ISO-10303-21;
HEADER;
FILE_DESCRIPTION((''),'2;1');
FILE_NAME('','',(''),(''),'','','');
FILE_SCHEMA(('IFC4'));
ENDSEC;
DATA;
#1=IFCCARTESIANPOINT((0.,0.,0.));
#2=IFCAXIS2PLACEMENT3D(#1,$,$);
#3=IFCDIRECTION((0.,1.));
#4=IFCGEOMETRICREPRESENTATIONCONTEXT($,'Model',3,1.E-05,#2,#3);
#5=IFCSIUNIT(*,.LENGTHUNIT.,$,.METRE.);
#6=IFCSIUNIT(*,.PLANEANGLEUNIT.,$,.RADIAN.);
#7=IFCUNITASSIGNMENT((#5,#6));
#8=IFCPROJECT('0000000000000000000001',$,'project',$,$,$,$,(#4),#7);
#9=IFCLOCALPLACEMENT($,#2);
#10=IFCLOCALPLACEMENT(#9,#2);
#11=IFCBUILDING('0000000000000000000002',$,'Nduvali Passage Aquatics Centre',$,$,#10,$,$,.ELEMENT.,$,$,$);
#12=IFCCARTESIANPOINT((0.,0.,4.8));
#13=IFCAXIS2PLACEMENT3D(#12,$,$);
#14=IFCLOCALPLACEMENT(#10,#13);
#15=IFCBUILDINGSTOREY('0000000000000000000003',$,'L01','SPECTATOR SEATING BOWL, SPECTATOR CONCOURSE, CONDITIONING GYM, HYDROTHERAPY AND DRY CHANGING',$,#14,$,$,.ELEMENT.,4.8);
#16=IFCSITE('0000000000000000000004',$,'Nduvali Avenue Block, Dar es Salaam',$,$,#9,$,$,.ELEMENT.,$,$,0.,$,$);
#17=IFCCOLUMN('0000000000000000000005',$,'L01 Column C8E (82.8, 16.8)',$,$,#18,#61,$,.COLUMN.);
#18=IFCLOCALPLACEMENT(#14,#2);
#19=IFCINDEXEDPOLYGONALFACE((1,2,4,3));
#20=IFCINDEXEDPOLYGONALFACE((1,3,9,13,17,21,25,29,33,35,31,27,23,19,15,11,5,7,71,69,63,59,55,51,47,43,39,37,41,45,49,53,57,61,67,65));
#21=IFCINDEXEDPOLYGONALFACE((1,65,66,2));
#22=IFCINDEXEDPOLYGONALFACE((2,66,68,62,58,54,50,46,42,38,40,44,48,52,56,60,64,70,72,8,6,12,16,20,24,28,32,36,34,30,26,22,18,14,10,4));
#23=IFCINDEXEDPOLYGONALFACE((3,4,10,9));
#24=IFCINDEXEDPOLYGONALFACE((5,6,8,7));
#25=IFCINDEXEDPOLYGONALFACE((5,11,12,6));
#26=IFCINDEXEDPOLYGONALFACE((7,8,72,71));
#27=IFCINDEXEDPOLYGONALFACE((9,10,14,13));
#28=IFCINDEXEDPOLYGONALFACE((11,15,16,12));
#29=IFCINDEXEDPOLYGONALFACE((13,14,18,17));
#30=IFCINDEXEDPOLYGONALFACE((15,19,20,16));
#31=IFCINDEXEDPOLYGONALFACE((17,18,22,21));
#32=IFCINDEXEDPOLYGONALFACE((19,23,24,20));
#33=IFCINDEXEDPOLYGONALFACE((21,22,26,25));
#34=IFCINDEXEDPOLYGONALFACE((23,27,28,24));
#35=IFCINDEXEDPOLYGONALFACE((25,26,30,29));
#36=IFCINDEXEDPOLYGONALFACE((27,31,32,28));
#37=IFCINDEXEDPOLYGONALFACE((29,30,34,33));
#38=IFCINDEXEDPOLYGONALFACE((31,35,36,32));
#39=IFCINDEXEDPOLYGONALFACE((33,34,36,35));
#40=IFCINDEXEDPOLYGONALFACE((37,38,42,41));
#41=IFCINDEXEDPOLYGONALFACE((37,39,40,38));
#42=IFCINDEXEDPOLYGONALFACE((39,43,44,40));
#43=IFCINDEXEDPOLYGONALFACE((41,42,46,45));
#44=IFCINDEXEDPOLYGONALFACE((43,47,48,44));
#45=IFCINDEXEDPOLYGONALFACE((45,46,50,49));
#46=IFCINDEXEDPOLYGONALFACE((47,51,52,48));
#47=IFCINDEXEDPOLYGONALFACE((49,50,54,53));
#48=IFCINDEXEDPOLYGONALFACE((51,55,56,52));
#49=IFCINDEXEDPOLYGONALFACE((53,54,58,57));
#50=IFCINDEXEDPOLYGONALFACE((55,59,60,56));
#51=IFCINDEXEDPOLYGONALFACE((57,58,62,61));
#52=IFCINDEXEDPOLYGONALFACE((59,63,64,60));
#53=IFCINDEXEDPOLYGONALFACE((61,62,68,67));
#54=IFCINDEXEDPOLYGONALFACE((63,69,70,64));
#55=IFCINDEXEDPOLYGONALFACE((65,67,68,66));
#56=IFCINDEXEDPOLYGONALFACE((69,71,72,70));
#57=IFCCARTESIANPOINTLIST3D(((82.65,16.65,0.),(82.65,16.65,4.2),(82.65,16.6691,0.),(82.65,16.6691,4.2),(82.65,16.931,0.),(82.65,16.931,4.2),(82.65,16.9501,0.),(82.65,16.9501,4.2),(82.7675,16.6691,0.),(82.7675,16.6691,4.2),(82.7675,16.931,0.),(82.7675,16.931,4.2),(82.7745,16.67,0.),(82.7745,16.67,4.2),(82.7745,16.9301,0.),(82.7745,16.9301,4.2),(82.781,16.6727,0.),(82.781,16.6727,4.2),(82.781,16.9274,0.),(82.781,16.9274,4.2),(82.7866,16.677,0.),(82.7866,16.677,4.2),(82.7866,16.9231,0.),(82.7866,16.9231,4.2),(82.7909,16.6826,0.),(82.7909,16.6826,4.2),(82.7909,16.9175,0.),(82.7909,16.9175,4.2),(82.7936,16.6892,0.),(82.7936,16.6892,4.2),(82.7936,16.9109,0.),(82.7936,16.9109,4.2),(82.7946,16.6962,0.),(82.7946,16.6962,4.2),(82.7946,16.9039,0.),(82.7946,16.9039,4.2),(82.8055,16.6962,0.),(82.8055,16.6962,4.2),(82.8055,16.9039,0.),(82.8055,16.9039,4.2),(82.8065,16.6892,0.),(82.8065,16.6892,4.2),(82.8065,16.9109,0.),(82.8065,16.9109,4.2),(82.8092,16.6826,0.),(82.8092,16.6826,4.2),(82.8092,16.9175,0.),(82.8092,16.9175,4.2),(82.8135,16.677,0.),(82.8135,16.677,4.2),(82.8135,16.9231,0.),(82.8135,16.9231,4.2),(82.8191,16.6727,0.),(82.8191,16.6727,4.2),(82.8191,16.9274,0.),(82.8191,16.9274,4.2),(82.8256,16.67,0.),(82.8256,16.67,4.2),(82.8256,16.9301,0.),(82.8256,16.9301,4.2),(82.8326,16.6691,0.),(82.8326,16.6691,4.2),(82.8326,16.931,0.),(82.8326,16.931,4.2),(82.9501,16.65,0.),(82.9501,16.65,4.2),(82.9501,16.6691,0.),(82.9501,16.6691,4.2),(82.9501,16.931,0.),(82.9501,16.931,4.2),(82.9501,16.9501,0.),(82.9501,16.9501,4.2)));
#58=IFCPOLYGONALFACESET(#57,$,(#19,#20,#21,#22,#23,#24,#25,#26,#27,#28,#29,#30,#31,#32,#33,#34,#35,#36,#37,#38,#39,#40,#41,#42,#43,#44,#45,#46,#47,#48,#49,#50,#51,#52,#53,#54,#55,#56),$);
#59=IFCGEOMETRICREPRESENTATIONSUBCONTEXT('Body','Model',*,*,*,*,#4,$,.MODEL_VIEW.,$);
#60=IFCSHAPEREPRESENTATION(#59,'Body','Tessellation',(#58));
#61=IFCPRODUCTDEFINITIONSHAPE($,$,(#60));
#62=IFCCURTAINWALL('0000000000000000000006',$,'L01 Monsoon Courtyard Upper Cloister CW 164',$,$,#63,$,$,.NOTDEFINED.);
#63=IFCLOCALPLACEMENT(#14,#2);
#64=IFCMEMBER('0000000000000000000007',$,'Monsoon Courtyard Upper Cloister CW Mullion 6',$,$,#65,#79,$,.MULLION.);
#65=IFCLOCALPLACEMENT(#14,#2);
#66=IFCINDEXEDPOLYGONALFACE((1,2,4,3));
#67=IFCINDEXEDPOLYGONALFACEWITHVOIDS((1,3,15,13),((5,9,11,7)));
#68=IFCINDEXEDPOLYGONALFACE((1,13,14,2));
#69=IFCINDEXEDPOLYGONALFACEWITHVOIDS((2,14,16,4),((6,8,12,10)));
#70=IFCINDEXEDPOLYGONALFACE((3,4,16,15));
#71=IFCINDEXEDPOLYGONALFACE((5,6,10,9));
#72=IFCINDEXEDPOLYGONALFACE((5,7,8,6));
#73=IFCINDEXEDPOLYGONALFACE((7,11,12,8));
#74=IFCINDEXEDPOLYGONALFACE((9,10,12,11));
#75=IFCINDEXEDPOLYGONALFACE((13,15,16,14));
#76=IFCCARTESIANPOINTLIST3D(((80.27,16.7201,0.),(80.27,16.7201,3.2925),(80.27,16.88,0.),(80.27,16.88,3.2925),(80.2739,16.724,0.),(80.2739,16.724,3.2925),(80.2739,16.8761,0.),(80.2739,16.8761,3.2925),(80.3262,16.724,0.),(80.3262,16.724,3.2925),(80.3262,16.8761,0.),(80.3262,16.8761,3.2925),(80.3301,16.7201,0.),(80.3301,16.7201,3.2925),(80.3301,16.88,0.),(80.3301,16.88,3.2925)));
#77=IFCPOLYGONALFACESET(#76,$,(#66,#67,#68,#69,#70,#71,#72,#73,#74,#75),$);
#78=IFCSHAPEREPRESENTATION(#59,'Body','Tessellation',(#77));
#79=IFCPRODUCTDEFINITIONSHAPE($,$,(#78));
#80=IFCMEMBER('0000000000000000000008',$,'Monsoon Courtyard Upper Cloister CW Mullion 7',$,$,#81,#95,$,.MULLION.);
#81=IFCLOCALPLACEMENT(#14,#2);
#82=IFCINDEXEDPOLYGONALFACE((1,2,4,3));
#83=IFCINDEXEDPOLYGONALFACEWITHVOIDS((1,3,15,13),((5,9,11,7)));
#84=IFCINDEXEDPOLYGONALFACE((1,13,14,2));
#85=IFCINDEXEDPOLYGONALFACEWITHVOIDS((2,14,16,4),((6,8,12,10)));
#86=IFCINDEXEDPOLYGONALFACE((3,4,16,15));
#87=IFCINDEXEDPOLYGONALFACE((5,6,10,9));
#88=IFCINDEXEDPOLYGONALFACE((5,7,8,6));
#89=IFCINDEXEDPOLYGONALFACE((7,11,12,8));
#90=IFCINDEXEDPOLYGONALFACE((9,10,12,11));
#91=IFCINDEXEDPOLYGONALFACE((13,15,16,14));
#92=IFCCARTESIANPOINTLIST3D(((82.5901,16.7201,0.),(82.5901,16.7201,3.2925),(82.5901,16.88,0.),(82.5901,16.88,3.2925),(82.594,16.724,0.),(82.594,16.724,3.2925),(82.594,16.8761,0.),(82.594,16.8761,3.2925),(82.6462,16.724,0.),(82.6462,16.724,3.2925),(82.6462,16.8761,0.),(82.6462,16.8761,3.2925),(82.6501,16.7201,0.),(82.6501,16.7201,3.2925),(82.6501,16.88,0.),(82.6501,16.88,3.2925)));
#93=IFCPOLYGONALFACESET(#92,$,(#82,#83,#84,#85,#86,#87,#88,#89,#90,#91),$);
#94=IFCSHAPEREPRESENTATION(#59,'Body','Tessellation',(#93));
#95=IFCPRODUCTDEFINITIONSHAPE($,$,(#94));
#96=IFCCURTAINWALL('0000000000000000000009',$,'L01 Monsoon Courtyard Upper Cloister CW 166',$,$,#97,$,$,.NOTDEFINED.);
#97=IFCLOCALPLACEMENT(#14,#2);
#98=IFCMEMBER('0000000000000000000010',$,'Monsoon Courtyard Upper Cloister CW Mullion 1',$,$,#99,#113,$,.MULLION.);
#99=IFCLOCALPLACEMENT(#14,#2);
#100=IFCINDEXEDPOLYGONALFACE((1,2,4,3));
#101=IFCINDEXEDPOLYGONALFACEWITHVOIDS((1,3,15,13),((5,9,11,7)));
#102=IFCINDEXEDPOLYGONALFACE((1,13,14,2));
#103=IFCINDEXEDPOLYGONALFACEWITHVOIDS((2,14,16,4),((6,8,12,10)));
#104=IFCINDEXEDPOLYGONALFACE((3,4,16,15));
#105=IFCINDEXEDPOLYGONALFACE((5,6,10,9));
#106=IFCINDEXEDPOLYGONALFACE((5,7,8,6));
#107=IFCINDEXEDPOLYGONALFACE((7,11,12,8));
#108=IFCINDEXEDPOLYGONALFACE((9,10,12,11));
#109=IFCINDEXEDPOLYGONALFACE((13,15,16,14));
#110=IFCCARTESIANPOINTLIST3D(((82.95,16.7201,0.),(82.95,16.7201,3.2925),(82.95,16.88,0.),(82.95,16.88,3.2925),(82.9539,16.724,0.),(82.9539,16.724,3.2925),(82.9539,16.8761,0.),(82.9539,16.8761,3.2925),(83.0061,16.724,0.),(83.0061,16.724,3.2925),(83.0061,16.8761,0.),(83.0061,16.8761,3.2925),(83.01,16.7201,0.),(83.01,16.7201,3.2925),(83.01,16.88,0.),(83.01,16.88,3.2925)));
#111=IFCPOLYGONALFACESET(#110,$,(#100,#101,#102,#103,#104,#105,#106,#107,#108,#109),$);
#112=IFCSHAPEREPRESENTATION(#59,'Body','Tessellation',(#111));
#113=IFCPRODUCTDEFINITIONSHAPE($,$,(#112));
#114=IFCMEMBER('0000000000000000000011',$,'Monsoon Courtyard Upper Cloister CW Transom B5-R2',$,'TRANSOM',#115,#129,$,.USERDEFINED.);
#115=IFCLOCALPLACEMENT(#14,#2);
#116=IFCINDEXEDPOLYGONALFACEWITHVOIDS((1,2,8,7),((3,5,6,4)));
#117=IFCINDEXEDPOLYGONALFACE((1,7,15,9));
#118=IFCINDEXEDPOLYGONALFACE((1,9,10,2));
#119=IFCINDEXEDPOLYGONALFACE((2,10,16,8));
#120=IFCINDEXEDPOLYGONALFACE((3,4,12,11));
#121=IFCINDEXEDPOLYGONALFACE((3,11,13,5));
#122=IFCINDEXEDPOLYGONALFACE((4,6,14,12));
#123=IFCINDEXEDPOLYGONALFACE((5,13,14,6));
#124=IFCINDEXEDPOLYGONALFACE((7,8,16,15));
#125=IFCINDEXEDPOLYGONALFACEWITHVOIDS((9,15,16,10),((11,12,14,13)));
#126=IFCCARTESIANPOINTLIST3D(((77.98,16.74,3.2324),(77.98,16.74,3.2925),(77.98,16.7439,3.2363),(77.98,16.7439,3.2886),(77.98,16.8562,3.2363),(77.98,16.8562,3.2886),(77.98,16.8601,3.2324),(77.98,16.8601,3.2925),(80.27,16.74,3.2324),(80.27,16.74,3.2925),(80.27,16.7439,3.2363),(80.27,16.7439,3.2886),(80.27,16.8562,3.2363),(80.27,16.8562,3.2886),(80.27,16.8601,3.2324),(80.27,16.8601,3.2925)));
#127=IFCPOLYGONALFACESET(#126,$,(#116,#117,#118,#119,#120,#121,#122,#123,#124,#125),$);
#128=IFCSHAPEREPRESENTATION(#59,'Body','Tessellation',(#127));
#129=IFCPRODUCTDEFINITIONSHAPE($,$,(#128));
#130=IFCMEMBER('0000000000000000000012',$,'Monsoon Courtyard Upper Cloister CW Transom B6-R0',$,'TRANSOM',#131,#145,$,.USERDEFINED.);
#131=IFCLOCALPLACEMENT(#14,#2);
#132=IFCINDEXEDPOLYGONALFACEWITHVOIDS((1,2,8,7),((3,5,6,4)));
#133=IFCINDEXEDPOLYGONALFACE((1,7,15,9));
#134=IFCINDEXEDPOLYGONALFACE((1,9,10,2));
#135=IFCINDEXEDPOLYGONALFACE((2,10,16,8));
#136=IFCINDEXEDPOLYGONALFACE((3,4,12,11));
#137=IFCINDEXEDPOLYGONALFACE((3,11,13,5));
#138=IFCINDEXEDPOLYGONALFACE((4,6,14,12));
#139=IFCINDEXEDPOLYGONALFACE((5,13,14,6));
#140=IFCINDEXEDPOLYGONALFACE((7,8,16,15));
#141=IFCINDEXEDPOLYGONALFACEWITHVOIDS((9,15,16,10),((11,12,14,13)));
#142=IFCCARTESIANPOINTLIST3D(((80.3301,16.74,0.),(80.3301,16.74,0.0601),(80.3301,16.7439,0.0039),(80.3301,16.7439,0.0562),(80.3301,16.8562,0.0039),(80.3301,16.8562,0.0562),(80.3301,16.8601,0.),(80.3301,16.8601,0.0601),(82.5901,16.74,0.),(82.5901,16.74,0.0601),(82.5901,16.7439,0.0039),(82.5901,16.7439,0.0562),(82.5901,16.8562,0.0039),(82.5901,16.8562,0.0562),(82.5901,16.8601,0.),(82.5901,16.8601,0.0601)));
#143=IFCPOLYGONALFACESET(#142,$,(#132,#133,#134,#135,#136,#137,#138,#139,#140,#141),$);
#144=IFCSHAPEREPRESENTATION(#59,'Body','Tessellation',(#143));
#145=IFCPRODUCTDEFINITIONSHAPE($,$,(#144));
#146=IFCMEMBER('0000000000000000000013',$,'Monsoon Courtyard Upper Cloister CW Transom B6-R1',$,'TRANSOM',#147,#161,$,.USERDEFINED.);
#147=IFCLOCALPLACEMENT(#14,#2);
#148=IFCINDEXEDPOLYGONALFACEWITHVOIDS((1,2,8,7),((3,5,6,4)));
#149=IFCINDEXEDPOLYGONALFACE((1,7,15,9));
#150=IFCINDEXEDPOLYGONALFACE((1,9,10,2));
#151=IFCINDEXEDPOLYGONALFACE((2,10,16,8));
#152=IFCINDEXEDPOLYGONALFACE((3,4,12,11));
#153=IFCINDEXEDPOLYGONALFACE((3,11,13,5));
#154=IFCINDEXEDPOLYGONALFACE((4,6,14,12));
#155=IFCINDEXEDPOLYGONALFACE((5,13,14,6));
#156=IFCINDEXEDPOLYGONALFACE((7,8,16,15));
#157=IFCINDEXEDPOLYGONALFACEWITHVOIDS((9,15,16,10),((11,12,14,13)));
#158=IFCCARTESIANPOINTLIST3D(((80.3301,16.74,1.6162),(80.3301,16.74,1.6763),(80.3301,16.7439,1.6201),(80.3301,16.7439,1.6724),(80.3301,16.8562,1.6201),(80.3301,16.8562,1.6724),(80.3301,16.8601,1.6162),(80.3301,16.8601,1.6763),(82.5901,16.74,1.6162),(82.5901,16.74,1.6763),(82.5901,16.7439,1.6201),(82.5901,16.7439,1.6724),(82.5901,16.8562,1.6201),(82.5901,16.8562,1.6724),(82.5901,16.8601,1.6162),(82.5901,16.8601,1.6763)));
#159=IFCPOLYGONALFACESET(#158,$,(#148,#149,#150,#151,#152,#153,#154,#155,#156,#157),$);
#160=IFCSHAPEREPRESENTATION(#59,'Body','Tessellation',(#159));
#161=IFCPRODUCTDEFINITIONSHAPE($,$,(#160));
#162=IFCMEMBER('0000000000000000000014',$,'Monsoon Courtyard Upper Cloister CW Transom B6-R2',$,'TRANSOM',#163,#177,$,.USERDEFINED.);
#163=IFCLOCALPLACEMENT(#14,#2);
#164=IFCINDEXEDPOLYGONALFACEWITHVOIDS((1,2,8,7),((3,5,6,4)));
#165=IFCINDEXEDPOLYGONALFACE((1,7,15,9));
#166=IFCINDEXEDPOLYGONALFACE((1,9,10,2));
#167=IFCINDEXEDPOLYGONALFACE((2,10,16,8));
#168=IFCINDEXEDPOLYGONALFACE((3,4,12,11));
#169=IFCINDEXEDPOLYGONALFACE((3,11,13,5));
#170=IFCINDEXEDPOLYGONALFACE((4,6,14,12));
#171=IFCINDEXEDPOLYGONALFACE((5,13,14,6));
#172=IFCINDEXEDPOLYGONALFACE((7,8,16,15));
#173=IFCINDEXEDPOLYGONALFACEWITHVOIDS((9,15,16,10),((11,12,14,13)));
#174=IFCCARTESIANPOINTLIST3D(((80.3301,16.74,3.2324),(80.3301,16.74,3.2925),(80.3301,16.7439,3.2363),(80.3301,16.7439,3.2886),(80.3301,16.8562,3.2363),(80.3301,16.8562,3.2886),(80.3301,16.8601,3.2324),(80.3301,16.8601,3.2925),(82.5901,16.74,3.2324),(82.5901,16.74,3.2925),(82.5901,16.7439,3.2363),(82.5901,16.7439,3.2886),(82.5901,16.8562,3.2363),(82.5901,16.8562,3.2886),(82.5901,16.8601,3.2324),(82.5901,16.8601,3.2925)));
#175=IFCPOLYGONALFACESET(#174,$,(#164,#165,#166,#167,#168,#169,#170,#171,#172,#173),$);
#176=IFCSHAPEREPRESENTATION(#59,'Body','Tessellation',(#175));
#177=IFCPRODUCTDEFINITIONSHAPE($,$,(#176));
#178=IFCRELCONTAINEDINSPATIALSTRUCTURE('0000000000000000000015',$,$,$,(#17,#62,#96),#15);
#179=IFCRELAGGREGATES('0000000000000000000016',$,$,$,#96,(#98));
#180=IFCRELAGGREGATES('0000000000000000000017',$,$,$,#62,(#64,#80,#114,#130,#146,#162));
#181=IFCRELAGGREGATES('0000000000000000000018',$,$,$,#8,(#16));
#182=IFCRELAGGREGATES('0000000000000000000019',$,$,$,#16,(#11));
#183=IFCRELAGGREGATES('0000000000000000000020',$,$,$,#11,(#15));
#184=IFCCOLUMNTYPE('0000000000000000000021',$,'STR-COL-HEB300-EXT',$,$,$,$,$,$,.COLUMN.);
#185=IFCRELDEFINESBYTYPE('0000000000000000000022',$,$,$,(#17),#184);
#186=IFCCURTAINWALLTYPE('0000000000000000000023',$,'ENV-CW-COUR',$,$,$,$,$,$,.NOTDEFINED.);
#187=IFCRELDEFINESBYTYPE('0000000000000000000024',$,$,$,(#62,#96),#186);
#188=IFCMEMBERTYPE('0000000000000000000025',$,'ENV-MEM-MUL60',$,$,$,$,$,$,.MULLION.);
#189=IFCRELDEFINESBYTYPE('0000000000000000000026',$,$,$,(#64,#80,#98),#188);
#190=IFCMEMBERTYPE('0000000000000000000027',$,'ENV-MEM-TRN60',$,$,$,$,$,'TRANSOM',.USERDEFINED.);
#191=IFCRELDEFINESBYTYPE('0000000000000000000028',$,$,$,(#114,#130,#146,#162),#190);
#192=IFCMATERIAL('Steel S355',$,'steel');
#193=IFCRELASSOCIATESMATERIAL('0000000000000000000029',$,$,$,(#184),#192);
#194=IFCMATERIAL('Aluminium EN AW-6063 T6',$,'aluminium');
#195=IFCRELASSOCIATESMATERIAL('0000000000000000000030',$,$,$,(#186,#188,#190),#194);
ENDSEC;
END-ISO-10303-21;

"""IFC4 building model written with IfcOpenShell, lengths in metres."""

from ifc_helpers import new_model, si_unit, direction, frame, origin, origin_2d, place, context, subcontext, project, spatial, hollow_rectangle, i_section, extrude, material, material_profile, profile_set, type_object, element, aggregate, save


model = new_model("IFC4")

# Units and contexts
model_context = context("Model", 3, precision=1e-05, world=origin(), true_north=direction((0.0, 1.0)))
body_context = subcontext(model_context, "Body", "Model", "MODEL_VIEW")
ifc_project = project(units=[si_unit("LENGTHUNIT", "METRE"), si_unit("PLANEANGLEUNIT", "RADIAN")], contexts=[model_context])

# Site, building, storey
site_placement = place(None, origin())
site = spatial("IfcSite", under=ifc_project, at=site_placement, Name="Nduvali Avenue Block, Dar es Salaam", CompositionType="ELEMENT", RefElevation=0.0)
building_placement = place(site_placement, origin())
building = spatial("IfcBuilding", under=site, at=building_placement, Name="Nduvali Passage Aquatics Centre", CompositionType="ELEMENT")
storey_placement = place(building_placement, frame((0.0, 0.0, 4.8)))
storey = spatial("IfcBuildingStorey", under=building, at=storey_placement, Name="L01", Description="SPECTATOR SEATING BOWL, SPECTATOR CONCOURSE, CONDITIONING GYM, HYDROTHERAPY AND DRY CHANGING", CompositionType="ELEMENT", Elevation=4.8)

# Column
ifc_material_1 = material(Name="Steel S355", Category="steel")
ifc_material_profile_1 = material_profile(ifc_material_1, i_section(OverallWidth=0.3, OverallDepth=0.3, WebThickness=0.011, FlangeThickness=0.019, FilletRadius=0.0271, at=origin_2d()), Name="HEB 300")
ifc_profile_set_1 = profile_set([ifc_material_profile_1], Name="Steel S355")
column_type = type_object("IfcColumnType", Name="STR-COL-HEB300-EXT", PredefinedType="COLUMN", material=ifc_profile_set_1)
column_placement = place(storey_placement, frame((82.8, 16.8, 0.0), z_axis=(0.0, 0.0, 1.0), x_axis=(1.0, 0.0, 0.0)))
element("IfcColumn", 1, at=column_placement, inside=storey, type_object=column_type, Name="L01 Column C8E (82.8, 16.8)", PredefinedType="COLUMN", context=body_context, shape_type="SweptSolid", body=[
    extrude(i_section(OverallWidth=0.3, OverallDepth=0.3, WebThickness=0.011, FlangeThickness=0.019, FilletRadius=0.0271, at=origin_2d()), origin(), (0.0, 0.0, 1.0), 4.2),
])

# Curtain wall, members
ifc_material_2 = material(Name="Aluminium EN AW-6063 T6", Category="aluminium")
curtain_wall_type = type_object("IfcCurtainWallType", Name="ENV-CW-COUR", PredefinedType="NOTDEFINED", material=ifc_material_2)
curtain_wall_1_placement = place(storey_placement, origin())
curtain_wall_1 = element("IfcCurtainWall", 2, at=curtain_wall_1_placement, inside=storey, type_object=curtain_wall_type, Name="L01 Monsoon Courtyard Upper Cloister CW 164", PredefinedType="NOTDEFINED")
ifc_material_profile_2 = material_profile(ifc_material_2, hollow_rectangle(XDim=0.0601, YDim=0.1599, WallThickness=0.0039, at=origin_2d()), Name="ALU MULLION 60x160x4")
ifc_profile_set_2 = profile_set([ifc_material_profile_2], Name="Aluminium EN AW-6063 T6")
member_type_1 = type_object("IfcMemberType", Name="ENV-MEM-MUL60", PredefinedType="MULLION", material=ifc_profile_set_2)
member_1_placement = place(storey_placement, frame((80.3, 16.8, 0.0), z_axis=(0.0, 0.0, 1.0), x_axis=(1.0, 0.0, 0.0)))
member_1 = element("IfcMember", 3, at=member_1_placement, type_object=member_type_1, Name="Monsoon Courtyard Upper Cloister CW Mullion 6", PredefinedType="MULLION", context=body_context, shape_type="SweptSolid", body=[
    extrude(hollow_rectangle(XDim=0.0601, YDim=0.1599, WallThickness=0.0039, at=origin_2d()), origin(), (0.0, 0.0, 1.0), 3.2925),
])
member_2_placement = place(storey_placement, frame((82.6201, 16.8, 0.0), z_axis=(0.0, 0.0, 1.0), x_axis=(1.0, 0.0, 0.0)))
member_2 = element("IfcMember", 4, at=member_2_placement, type_object=member_type_1, Name="Monsoon Courtyard Upper Cloister CW Mullion 7", PredefinedType="MULLION", context=body_context, shape_type="SweptSolid", body=[
    extrude(hollow_rectangle(XDim=0.0601, YDim=0.1599, WallThickness=0.0039, at=origin_2d()), origin(), (0.0, 0.0, 1.0), 3.2925),
])

# Curtain wall, member
curtain_wall_2_placement = place(storey_placement, origin())
curtain_wall_2 = element("IfcCurtainWall", 5, at=curtain_wall_2_placement, inside=storey, type_object=curtain_wall_type, Name="L01 Monsoon Courtyard Upper Cloister CW 166", PredefinedType="NOTDEFINED")
member_3_placement = place(storey_placement, frame((82.98, 16.8, 0.0), z_axis=(0.0, 0.0, 1.0), x_axis=(1.0, 0.0, 0.0)))
member_3 = element("IfcMember", 6, at=member_3_placement, type_object=member_type_1, Name="Monsoon Courtyard Upper Cloister CW Mullion 1", PredefinedType="MULLION", context=body_context, shape_type="SweptSolid", body=[
    extrude(hollow_rectangle(XDim=0.0601, YDim=0.1599, WallThickness=0.0039, at=origin_2d()), origin(), (0.0, 0.0, 1.0), 3.2925),
])
aggregate(curtain_wall_2, [member_3])

# Members
ifc_material_profile_3 = material_profile(ifc_material_2, hollow_rectangle(XDim=0.1201, YDim=0.0601, WallThickness=0.0039, at=origin_2d()), Name="ALU TRANSOM 120x60x4")
ifc_profile_set_3 = profile_set([ifc_material_profile_3], Name="Aluminium EN AW-6063 T6")
member_type_2 = type_object("IfcMemberType", Name="ENV-MEM-TRN60", ElementType="TRANSOM", PredefinedType="USERDEFINED", material=ifc_profile_set_3)
member_4_placement = place(storey_placement, frame((77.98, 16.8, 3.2625), z_axis=(1.0, 0.0, 0.0), x_axis=(0.0, 1.0, 0.0)))
member_4 = element("IfcMember", 7, at=member_4_placement, type_object=member_type_2, Name="Monsoon Courtyard Upper Cloister CW Transom B5-R2", ObjectType="TRANSOM", PredefinedType="USERDEFINED", context=body_context, shape_type="SweptSolid", body=[
    extrude(hollow_rectangle(XDim=0.1201, YDim=0.0601, WallThickness=0.0039, at=origin_2d()), origin(), (0.0, 0.0, 1.0), 2.29),
])
member_5_placement = place(storey_placement, frame((80.3301, 16.8, 0.03), z_axis=(1.0, 0.0, 0.0), x_axis=(0.0, 1.0, 0.0)))
member_5 = element("IfcMember", 8, at=member_5_placement, type_object=member_type_2, Name="Monsoon Courtyard Upper Cloister CW Transom B6-R0", ObjectType="TRANSOM", PredefinedType="USERDEFINED", context=body_context, shape_type="SweptSolid", body=[
    extrude(hollow_rectangle(XDim=0.1201, YDim=0.0601, WallThickness=0.0039, at=origin_2d()), origin(), (0.0, 0.0, 1.0), 2.26),
])
member_6_placement = place(storey_placement, frame((80.3301, 16.8, 1.6462), z_axis=(1.0, 0.0, 0.0), x_axis=(0.0, 1.0, 0.0)))
member_6 = element("IfcMember", 9, at=member_6_placement, type_object=member_type_2, Name="Monsoon Courtyard Upper Cloister CW Transom B6-R1", ObjectType="TRANSOM", PredefinedType="USERDEFINED", context=body_context, shape_type="SweptSolid", body=[
    extrude(hollow_rectangle(XDim=0.1201, YDim=0.0601, WallThickness=0.0039, at=origin_2d()), origin(), (0.0, 0.0, 1.0), 2.26),
])
member_7_placement = place(storey_placement, frame((80.3301, 16.8, 3.2625), z_axis=(1.0, 0.0, 0.0), x_axis=(0.0, 1.0, 0.0)))
member_7 = element("IfcMember", 10, at=member_7_placement, type_object=member_type_2, Name="Monsoon Courtyard Upper Cloister CW Transom B6-R2", ObjectType="TRANSOM", PredefinedType="USERDEFINED", context=body_context, shape_type="SweptSolid", body=[
    extrude(hollow_rectangle(XDim=0.1201, YDim=0.0601, WallThickness=0.0039, at=origin_2d()), origin(), (0.0, 0.0, 1.0), 2.26),
])

aggregate(curtain_wall_1, [member_1, member_2, member_4, member_5, member_6, member_7])

save(model, "model.ifc")
